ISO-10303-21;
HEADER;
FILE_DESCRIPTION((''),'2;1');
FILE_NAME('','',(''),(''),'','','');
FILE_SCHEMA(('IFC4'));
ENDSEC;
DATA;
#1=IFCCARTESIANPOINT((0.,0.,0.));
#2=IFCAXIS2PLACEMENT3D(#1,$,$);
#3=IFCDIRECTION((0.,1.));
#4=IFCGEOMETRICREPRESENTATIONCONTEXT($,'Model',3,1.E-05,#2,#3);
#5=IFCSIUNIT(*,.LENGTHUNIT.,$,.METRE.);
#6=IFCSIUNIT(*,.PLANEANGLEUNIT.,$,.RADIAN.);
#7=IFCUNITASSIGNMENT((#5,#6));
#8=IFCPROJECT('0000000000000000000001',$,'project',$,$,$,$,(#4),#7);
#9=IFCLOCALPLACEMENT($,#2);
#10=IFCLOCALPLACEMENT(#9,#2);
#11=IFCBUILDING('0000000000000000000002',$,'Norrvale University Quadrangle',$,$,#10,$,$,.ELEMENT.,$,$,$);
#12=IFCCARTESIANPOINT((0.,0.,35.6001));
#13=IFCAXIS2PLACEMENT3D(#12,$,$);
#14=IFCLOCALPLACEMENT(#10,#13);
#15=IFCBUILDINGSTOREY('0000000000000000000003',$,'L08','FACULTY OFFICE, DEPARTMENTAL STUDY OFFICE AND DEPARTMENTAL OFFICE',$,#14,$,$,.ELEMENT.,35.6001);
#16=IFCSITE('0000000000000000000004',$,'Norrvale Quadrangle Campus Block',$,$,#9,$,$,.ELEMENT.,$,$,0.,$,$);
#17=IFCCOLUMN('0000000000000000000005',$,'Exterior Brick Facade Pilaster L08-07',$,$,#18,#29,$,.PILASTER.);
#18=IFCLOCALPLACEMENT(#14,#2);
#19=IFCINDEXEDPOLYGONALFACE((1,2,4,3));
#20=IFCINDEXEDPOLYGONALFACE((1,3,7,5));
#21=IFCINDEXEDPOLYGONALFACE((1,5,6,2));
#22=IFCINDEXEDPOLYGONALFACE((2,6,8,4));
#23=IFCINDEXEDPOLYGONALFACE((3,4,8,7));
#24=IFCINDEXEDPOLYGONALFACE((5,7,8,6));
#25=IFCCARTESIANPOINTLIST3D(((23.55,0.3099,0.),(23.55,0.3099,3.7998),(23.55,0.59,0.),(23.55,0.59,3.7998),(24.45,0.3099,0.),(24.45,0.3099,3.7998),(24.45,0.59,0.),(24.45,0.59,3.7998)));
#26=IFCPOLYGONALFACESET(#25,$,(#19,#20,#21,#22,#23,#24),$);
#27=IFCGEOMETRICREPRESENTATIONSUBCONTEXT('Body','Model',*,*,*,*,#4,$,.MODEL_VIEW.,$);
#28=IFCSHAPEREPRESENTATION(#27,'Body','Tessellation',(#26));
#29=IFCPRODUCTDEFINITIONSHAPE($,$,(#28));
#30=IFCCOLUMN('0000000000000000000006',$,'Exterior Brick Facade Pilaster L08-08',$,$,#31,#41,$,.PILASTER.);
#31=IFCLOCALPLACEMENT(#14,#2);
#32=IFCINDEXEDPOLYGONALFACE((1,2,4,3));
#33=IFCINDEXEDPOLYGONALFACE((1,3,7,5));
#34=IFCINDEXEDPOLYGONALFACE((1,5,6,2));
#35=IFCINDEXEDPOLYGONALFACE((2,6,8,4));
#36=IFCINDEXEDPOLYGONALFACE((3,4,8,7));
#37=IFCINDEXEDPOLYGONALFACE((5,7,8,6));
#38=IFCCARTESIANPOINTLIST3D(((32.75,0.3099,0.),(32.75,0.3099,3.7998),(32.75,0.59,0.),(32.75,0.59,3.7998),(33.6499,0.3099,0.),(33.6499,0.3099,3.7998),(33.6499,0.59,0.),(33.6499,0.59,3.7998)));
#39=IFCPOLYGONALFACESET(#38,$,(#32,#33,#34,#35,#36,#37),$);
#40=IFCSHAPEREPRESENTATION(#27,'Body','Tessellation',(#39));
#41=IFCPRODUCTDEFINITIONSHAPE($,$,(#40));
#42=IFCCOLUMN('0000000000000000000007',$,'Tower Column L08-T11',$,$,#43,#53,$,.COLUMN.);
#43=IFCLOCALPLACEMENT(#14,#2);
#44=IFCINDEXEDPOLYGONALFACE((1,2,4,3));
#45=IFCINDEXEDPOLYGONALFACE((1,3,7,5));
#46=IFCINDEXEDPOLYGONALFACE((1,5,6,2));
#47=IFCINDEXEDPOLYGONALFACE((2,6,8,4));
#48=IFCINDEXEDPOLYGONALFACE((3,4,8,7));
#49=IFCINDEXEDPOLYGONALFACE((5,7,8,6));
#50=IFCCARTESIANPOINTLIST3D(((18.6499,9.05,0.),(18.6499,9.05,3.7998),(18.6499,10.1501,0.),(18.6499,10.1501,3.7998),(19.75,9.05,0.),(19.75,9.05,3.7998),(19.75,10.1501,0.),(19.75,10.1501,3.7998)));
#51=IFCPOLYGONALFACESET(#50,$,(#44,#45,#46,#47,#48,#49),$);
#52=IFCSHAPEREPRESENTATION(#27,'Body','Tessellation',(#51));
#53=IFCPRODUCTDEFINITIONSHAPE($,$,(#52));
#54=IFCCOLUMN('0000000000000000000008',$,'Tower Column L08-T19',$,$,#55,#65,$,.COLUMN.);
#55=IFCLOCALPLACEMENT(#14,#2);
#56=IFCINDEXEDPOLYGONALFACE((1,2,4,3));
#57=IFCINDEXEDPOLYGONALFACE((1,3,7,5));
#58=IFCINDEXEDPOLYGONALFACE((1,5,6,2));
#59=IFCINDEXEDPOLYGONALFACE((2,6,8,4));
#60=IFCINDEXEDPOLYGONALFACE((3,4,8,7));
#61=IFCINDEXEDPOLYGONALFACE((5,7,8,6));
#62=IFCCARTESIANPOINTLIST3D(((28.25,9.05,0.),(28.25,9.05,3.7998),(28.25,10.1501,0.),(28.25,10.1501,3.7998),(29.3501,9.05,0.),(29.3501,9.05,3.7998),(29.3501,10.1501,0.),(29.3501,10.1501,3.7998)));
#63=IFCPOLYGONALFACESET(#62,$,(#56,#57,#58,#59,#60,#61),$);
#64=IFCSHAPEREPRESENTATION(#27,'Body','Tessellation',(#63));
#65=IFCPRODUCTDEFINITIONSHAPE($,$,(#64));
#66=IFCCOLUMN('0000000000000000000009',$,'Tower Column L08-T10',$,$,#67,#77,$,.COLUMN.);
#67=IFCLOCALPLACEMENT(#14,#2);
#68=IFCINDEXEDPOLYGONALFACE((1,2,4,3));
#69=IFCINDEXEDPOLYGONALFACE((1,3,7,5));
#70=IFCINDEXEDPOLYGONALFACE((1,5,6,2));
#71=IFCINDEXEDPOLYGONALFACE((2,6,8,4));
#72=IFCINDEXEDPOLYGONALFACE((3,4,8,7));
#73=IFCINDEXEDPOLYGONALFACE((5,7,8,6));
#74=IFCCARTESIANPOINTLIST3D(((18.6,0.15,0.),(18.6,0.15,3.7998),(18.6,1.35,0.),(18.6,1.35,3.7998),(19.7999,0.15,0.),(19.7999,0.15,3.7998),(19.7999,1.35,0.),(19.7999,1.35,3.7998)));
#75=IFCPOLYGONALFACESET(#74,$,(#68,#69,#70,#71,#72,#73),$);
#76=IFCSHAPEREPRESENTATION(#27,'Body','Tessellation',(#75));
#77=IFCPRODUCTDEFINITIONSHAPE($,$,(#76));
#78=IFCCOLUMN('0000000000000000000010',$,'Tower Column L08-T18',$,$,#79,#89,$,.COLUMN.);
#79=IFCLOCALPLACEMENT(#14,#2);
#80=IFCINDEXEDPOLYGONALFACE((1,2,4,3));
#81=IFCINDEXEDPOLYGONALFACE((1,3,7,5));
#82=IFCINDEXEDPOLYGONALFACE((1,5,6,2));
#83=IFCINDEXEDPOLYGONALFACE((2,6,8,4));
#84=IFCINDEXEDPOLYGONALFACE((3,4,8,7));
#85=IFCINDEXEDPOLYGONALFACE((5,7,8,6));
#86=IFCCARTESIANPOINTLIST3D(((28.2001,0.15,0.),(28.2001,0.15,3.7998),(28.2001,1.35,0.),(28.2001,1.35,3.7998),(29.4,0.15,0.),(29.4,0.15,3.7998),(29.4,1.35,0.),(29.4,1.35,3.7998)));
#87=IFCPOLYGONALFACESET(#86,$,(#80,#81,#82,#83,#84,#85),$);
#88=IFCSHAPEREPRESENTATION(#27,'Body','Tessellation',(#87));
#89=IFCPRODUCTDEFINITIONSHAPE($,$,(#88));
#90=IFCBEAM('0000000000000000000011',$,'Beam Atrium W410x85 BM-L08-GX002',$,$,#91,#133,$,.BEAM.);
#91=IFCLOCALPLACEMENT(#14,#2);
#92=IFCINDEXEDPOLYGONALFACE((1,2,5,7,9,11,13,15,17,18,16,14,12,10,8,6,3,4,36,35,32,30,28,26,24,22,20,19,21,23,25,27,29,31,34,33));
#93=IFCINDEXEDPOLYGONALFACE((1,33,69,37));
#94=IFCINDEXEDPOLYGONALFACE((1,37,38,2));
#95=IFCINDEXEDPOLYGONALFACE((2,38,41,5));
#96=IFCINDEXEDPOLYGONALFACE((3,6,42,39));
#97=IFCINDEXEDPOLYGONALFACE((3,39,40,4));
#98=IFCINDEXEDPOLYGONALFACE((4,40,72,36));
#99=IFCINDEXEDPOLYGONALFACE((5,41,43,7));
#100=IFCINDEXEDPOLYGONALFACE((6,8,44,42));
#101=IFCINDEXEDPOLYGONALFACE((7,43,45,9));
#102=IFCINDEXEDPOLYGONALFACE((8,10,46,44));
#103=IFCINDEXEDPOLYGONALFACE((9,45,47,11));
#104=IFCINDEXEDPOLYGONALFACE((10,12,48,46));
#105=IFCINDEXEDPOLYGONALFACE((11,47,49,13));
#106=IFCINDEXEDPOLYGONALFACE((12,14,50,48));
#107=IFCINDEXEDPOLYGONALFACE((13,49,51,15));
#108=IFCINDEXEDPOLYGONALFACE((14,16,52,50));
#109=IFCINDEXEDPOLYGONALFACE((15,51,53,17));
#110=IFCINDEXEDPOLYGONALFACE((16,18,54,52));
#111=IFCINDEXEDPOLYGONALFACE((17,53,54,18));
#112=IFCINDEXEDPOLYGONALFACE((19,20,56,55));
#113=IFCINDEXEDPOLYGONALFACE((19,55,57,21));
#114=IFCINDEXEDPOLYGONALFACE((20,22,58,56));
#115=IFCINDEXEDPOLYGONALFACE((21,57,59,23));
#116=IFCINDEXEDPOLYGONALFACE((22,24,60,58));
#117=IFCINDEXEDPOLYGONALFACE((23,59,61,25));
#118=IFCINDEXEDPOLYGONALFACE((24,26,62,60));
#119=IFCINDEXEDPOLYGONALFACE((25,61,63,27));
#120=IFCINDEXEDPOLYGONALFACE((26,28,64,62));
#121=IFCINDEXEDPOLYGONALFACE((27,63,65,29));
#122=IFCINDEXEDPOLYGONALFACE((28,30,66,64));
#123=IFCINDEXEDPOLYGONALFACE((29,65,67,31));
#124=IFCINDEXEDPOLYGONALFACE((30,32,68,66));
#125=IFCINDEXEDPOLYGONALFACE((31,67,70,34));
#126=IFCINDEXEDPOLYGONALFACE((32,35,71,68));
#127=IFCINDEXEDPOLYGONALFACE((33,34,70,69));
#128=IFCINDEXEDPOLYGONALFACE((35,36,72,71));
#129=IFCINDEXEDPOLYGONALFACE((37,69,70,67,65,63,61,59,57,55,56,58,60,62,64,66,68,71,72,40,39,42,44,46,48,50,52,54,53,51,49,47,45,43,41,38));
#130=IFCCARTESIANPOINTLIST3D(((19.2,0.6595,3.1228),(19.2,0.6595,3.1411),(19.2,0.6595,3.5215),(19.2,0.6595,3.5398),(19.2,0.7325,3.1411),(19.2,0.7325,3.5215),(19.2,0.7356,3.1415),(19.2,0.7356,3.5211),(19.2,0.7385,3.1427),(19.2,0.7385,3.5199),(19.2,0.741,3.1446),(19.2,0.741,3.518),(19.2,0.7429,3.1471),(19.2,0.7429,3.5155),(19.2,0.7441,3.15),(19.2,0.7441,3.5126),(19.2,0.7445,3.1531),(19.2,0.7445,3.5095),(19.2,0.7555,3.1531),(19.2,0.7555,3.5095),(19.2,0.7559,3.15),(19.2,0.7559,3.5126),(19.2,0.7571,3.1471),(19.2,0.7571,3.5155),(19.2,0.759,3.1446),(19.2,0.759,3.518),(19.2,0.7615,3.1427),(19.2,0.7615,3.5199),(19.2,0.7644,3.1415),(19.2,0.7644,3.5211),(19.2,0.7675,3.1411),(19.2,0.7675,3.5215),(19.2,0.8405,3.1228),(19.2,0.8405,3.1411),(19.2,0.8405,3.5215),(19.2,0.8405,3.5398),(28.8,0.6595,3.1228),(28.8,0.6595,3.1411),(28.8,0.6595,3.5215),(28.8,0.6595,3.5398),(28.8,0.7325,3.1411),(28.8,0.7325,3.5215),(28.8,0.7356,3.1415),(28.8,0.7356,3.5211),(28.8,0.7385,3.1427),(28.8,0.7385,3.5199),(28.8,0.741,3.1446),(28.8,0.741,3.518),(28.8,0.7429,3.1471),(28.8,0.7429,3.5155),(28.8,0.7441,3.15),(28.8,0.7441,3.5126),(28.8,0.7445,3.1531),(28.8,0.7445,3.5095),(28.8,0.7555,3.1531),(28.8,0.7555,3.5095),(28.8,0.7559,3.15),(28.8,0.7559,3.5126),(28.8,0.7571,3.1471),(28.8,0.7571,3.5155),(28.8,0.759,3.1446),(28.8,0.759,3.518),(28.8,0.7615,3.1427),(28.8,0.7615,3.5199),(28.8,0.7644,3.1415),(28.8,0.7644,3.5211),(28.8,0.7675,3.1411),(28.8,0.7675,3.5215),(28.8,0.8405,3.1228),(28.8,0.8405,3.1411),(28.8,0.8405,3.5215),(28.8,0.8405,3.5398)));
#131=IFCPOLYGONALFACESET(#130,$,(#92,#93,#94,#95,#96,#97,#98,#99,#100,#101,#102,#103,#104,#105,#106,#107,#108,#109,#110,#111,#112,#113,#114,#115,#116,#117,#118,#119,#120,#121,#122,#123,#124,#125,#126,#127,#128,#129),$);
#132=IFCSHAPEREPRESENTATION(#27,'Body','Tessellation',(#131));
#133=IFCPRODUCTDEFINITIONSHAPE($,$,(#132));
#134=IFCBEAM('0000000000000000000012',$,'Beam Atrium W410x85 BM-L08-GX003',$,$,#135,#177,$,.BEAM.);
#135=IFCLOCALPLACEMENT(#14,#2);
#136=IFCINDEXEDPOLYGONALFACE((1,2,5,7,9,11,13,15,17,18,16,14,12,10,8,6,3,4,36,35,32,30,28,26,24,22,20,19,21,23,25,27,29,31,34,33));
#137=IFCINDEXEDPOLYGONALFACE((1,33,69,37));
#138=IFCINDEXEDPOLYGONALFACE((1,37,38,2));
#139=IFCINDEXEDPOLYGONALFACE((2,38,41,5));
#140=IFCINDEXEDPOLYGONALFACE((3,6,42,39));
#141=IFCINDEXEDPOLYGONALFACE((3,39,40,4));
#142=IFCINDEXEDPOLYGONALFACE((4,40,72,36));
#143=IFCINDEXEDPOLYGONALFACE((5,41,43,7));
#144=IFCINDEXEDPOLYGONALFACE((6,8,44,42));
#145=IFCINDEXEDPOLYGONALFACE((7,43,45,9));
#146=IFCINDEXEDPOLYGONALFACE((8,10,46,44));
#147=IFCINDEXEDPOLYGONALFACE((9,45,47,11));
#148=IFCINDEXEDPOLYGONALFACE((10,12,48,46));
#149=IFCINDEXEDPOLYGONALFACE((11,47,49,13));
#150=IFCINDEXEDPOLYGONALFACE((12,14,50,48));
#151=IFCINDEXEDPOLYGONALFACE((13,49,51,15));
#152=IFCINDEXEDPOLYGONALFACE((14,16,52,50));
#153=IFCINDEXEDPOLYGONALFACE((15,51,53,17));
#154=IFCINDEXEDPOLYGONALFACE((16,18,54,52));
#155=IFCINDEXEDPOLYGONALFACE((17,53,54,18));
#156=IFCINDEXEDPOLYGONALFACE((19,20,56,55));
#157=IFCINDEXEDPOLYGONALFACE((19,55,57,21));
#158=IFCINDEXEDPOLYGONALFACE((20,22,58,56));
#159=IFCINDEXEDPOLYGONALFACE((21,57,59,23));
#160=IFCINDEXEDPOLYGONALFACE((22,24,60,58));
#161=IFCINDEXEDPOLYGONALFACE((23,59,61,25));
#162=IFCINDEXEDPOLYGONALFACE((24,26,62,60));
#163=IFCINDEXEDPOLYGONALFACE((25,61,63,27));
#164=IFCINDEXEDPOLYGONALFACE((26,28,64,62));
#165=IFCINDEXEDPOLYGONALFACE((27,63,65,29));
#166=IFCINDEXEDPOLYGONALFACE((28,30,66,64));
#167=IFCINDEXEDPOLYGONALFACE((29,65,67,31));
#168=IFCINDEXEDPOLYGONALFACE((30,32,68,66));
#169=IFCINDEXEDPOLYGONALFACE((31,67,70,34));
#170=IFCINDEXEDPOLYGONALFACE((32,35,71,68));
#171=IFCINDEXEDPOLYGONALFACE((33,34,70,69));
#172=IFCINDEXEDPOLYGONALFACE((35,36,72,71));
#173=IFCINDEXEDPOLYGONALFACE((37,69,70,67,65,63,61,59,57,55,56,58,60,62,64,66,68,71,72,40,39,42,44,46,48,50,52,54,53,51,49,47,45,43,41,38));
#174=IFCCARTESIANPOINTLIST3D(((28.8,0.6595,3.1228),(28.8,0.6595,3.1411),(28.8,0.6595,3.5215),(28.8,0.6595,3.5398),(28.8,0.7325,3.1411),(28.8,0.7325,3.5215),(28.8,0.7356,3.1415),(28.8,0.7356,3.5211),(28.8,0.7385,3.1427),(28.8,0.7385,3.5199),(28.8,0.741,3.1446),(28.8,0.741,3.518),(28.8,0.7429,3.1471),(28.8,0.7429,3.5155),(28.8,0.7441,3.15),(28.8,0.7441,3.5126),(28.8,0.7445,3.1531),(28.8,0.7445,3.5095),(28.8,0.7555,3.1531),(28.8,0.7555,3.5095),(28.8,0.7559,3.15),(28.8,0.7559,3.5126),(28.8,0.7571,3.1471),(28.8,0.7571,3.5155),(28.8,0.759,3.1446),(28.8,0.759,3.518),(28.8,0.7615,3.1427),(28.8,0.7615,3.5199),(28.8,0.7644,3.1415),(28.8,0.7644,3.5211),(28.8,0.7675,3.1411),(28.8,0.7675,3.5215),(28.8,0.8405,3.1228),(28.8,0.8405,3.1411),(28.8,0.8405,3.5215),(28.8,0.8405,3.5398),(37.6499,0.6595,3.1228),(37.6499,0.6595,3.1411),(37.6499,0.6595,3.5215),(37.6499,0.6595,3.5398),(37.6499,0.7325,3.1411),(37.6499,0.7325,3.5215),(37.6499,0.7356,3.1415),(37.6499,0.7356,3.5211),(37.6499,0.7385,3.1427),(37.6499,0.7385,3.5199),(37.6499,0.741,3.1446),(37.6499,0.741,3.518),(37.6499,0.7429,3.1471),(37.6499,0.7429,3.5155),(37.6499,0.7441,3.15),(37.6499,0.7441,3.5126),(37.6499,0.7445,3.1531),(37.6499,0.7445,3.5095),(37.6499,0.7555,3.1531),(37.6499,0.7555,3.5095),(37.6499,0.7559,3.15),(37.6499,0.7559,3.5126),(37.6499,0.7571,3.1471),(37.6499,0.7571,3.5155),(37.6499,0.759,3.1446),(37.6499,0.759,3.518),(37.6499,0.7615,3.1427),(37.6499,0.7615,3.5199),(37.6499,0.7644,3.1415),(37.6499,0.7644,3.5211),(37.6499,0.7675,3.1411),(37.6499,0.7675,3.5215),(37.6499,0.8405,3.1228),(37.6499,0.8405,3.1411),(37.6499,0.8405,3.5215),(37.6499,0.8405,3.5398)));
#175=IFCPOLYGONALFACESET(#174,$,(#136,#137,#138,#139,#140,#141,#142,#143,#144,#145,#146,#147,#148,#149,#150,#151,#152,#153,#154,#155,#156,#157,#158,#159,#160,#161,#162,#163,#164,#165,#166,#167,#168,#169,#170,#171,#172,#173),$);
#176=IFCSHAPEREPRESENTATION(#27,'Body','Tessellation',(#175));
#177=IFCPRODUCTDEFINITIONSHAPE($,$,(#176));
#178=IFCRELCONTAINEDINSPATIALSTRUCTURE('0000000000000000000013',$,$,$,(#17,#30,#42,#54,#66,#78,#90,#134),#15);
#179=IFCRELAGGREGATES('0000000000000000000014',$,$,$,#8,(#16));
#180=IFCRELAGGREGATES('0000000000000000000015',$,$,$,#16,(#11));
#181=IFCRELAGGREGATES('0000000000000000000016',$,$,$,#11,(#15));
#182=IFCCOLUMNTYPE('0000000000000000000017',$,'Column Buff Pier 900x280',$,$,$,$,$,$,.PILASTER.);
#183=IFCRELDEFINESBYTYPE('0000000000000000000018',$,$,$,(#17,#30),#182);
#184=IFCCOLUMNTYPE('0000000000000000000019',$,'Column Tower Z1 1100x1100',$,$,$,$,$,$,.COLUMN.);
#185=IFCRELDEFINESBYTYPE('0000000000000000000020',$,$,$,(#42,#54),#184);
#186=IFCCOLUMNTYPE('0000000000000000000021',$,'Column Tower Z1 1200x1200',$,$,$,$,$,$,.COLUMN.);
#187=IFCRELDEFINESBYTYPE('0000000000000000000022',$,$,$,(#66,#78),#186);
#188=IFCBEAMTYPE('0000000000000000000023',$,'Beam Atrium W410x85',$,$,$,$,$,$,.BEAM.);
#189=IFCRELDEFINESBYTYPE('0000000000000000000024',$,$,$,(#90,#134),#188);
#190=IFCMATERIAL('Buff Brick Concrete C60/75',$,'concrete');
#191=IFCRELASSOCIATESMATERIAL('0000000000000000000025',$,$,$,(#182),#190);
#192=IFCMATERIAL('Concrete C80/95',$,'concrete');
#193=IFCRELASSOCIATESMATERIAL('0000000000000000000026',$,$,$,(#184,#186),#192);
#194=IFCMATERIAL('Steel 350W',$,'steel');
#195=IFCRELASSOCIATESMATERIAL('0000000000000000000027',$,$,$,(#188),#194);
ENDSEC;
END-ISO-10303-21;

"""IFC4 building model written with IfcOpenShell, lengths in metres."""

from ifc_helpers import new_model, si_unit, direction, frame, origin, origin_2d, place, context, subcontext, project, spatial, rectangle, i_section, extrude, material, material_profile, profile_set, type_object, element, save


model = new_model("IFC4")

# Units and contexts
model_context = context("Model", 3, precision=1e-05, world=origin(), true_north=direction((0.0, 1.0)))
body_context = subcontext(model_context, "Body", "Model", "MODEL_VIEW")
ifc_project = project(units=[si_unit("LENGTHUNIT", "METRE"), si_unit("PLANEANGLEUNIT", "RADIAN")], contexts=[model_context])

# Site, building, storey
site_placement = place(None, origin())
site = spatial("IfcSite", under=ifc_project, at=site_placement, Name="Norrvale Quadrangle Campus Block", CompositionType="ELEMENT", RefElevation=0.0)
building_placement = place(site_placement, origin())
building = spatial("IfcBuilding", under=site, at=building_placement, Name="Norrvale University Quadrangle", CompositionType="ELEMENT")
storey_placement = place(building_placement, frame((0.0, 0.0, 35.6001)))
storey = spatial("IfcBuildingStorey", under=building, at=storey_placement, Name="L08", Description="FACULTY OFFICE, DEPARTMENTAL STUDY OFFICE AND DEPARTMENTAL OFFICE", CompositionType="ELEMENT", Elevation=35.6001)

# Columns
ifc_material_1 = material(Name="Buff Brick Concrete C60/75", Category="concrete")
ifc_material_profile_1 = material_profile(ifc_material_1, rectangle(XDim=0.8999, YDim=0.28, at=origin_2d()), Name="Buff Brick Concrete C60/75")
ifc_profile_set_1 = profile_set([ifc_material_profile_1], Name="Buff Brick Concrete C60/75")
column_type_1 = type_object("IfcColumnType", Name="Column Buff Pier 900x280", PredefinedType="PILASTER", material=ifc_profile_set_1)
for number, where, z_axis, x_axis, name in (
    (1, (24.0, 0.45, 0.0), (0.0, 0.0, 1.0), (1.0, 0.0, 0.0), "Exterior Brick Facade Pilaster L08-07"),
    (2, (33.2, 0.45, 0.0), (0.0, 0.0, 1.0), (1.0, 0.0, 0.0), "Exterior Brick Facade Pilaster L08-08"),
):
    element("IfcColumn", number, at=place(storey_placement, frame(where, z_axis=z_axis, x_axis=x_axis)), inside=storey, type_object=column_type_1, Name=name, PredefinedType="PILASTER", context=body_context, shape_type="SweptSolid", body=[
        extrude(rectangle(XDim=0.8999, YDim=0.28, at=origin_2d()), origin(), (0.0, 0.0, 1.0), 3.7998),
    ])
ifc_material_2 = material(Name="Concrete C80/95", Category="concrete")
ifc_material_profile_2 = material_profile(ifc_material_2, rectangle(XDim=1.1001, YDim=1.1001, at=origin_2d()), Name="Concrete C80/95")
ifc_profile_set_2 = profile_set([ifc_material_profile_2], Name="Concrete C80/95")
column_type_2 = type_object("IfcColumnType", Name="Column Tower Z1 1100x1100", PredefinedType="COLUMN", material=ifc_profile_set_2)
for number, where, z_axis, x_axis, name in (
    (3, (19.2, 9.6001, 0.0), (0.0, 0.0, 1.0), (1.0, 0.0, 0.0), "Tower Column L08-T11"),
    (4, (28.8, 9.6001, 0.0), (0.0, 0.0, 1.0), (1.0, 0.0, 0.0), "Tower Column L08-T19"),
):
    element("IfcColumn", number, at=place(storey_placement, frame(where, z_axis=z_axis, x_axis=x_axis)), inside=storey, type_object=column_type_2, Name=name, PredefinedType="COLUMN", context=body_context, shape_type="SweptSolid", body=[
        extrude(rectangle(XDim=1.1001, YDim=1.1001, at=origin_2d()), origin(), (0.0, 0.0, 1.0), 3.7998),
    ])
ifc_material_profile_3 = material_profile(ifc_material_2, rectangle(XDim=1.2, YDim=1.2, at=origin_2d()), Name="Concrete C80/95")
ifc_profile_set_3 = profile_set([ifc_material_profile_3], Name="Concrete C80/95")
column_type_3 = type_object("IfcColumnType", Name="Column Tower Z1 1200x1200", PredefinedType="COLUMN", material=ifc_profile_set_3)
for number, where, z_axis, x_axis, name in (
    (5, (19.2, 0.75, 0.0), (0.0, 0.0, 1.0), (1.0, 0.0, 0.0), "Tower Column L08-T10"),
    (6, (28.8, 0.75, 0.0), (0.0, 0.0, 1.0), (1.0, 0.0, 0.0), "Tower Column L08-T18"),
):
    element("IfcColumn", number, at=place(storey_placement, frame(where, z_axis=z_axis, x_axis=x_axis)), inside=storey, type_object=column_type_3, Name=name, PredefinedType="COLUMN", context=body_context, shape_type="SweptSolid", body=[
        extrude(rectangle(XDim=1.2, YDim=1.2, at=origin_2d()), origin(), (0.0, 0.0, 1.0), 3.7998),
    ])

# Beams
ifc_material_3 = material(Name="Steel 350W", Category="steel")
ifc_material_profile_4 = material_profile(ifc_material_3, i_section(OverallWidth=0.1809, OverallDepth=0.417, WebThickness=0.011, FlangeThickness=0.0183, FilletRadius=0.012, at=origin_2d()), Name="Steel 350W")
ifc_profile_set_4 = profile_set([ifc_material_profile_4], Name="Steel 350W")
beam_type_1 = type_object("IfcBeamType", Name="Beam Atrium W410x85", PredefinedType="BEAM", material=ifc_profile_set_4)
beam_1_placement = place(storey_placement, frame((19.2, 0.75, 3.3313), z_axis=(1.0, 0.0, 0.0), x_axis=(0.0, 1.0, 0.0)))
element("IfcBeam", 7, at=beam_1_placement, inside=storey, type_object=beam_type_1, Name="Beam Atrium W410x85 BM-L08-GX002", PredefinedType="BEAM", context=body_context, shape_type="SweptSolid", body=[
    extrude(i_section(OverallWidth=0.1809, OverallDepth=0.417, WebThickness=0.011, FlangeThickness=0.0183, FilletRadius=0.012, at=origin_2d()), origin(), (0.0, 0.0, 1.0), 9.6001),
])
beam_2_placement = place(storey_placement, frame((28.8, 0.75, 3.3313), z_axis=(1.0, 0.0, 0.0), x_axis=(0.0, 1.0, 0.0)))
element("IfcBeam", 8, at=beam_2_placement, inside=storey, type_object=beam_type_1, Name="Beam Atrium W410x85 BM-L08-GX003", PredefinedType="BEAM", context=body_context, shape_type="SweptSolid", body=[
    extrude(i_section(OverallWidth=0.1809, OverallDepth=0.417, WebThickness=0.011, FlangeThickness=0.0183, FilletRadius=0.012, at=origin_2d()), origin(), (0.0, 0.0, 1.0), 8.8499),
])

save(model, "model.ifc")
